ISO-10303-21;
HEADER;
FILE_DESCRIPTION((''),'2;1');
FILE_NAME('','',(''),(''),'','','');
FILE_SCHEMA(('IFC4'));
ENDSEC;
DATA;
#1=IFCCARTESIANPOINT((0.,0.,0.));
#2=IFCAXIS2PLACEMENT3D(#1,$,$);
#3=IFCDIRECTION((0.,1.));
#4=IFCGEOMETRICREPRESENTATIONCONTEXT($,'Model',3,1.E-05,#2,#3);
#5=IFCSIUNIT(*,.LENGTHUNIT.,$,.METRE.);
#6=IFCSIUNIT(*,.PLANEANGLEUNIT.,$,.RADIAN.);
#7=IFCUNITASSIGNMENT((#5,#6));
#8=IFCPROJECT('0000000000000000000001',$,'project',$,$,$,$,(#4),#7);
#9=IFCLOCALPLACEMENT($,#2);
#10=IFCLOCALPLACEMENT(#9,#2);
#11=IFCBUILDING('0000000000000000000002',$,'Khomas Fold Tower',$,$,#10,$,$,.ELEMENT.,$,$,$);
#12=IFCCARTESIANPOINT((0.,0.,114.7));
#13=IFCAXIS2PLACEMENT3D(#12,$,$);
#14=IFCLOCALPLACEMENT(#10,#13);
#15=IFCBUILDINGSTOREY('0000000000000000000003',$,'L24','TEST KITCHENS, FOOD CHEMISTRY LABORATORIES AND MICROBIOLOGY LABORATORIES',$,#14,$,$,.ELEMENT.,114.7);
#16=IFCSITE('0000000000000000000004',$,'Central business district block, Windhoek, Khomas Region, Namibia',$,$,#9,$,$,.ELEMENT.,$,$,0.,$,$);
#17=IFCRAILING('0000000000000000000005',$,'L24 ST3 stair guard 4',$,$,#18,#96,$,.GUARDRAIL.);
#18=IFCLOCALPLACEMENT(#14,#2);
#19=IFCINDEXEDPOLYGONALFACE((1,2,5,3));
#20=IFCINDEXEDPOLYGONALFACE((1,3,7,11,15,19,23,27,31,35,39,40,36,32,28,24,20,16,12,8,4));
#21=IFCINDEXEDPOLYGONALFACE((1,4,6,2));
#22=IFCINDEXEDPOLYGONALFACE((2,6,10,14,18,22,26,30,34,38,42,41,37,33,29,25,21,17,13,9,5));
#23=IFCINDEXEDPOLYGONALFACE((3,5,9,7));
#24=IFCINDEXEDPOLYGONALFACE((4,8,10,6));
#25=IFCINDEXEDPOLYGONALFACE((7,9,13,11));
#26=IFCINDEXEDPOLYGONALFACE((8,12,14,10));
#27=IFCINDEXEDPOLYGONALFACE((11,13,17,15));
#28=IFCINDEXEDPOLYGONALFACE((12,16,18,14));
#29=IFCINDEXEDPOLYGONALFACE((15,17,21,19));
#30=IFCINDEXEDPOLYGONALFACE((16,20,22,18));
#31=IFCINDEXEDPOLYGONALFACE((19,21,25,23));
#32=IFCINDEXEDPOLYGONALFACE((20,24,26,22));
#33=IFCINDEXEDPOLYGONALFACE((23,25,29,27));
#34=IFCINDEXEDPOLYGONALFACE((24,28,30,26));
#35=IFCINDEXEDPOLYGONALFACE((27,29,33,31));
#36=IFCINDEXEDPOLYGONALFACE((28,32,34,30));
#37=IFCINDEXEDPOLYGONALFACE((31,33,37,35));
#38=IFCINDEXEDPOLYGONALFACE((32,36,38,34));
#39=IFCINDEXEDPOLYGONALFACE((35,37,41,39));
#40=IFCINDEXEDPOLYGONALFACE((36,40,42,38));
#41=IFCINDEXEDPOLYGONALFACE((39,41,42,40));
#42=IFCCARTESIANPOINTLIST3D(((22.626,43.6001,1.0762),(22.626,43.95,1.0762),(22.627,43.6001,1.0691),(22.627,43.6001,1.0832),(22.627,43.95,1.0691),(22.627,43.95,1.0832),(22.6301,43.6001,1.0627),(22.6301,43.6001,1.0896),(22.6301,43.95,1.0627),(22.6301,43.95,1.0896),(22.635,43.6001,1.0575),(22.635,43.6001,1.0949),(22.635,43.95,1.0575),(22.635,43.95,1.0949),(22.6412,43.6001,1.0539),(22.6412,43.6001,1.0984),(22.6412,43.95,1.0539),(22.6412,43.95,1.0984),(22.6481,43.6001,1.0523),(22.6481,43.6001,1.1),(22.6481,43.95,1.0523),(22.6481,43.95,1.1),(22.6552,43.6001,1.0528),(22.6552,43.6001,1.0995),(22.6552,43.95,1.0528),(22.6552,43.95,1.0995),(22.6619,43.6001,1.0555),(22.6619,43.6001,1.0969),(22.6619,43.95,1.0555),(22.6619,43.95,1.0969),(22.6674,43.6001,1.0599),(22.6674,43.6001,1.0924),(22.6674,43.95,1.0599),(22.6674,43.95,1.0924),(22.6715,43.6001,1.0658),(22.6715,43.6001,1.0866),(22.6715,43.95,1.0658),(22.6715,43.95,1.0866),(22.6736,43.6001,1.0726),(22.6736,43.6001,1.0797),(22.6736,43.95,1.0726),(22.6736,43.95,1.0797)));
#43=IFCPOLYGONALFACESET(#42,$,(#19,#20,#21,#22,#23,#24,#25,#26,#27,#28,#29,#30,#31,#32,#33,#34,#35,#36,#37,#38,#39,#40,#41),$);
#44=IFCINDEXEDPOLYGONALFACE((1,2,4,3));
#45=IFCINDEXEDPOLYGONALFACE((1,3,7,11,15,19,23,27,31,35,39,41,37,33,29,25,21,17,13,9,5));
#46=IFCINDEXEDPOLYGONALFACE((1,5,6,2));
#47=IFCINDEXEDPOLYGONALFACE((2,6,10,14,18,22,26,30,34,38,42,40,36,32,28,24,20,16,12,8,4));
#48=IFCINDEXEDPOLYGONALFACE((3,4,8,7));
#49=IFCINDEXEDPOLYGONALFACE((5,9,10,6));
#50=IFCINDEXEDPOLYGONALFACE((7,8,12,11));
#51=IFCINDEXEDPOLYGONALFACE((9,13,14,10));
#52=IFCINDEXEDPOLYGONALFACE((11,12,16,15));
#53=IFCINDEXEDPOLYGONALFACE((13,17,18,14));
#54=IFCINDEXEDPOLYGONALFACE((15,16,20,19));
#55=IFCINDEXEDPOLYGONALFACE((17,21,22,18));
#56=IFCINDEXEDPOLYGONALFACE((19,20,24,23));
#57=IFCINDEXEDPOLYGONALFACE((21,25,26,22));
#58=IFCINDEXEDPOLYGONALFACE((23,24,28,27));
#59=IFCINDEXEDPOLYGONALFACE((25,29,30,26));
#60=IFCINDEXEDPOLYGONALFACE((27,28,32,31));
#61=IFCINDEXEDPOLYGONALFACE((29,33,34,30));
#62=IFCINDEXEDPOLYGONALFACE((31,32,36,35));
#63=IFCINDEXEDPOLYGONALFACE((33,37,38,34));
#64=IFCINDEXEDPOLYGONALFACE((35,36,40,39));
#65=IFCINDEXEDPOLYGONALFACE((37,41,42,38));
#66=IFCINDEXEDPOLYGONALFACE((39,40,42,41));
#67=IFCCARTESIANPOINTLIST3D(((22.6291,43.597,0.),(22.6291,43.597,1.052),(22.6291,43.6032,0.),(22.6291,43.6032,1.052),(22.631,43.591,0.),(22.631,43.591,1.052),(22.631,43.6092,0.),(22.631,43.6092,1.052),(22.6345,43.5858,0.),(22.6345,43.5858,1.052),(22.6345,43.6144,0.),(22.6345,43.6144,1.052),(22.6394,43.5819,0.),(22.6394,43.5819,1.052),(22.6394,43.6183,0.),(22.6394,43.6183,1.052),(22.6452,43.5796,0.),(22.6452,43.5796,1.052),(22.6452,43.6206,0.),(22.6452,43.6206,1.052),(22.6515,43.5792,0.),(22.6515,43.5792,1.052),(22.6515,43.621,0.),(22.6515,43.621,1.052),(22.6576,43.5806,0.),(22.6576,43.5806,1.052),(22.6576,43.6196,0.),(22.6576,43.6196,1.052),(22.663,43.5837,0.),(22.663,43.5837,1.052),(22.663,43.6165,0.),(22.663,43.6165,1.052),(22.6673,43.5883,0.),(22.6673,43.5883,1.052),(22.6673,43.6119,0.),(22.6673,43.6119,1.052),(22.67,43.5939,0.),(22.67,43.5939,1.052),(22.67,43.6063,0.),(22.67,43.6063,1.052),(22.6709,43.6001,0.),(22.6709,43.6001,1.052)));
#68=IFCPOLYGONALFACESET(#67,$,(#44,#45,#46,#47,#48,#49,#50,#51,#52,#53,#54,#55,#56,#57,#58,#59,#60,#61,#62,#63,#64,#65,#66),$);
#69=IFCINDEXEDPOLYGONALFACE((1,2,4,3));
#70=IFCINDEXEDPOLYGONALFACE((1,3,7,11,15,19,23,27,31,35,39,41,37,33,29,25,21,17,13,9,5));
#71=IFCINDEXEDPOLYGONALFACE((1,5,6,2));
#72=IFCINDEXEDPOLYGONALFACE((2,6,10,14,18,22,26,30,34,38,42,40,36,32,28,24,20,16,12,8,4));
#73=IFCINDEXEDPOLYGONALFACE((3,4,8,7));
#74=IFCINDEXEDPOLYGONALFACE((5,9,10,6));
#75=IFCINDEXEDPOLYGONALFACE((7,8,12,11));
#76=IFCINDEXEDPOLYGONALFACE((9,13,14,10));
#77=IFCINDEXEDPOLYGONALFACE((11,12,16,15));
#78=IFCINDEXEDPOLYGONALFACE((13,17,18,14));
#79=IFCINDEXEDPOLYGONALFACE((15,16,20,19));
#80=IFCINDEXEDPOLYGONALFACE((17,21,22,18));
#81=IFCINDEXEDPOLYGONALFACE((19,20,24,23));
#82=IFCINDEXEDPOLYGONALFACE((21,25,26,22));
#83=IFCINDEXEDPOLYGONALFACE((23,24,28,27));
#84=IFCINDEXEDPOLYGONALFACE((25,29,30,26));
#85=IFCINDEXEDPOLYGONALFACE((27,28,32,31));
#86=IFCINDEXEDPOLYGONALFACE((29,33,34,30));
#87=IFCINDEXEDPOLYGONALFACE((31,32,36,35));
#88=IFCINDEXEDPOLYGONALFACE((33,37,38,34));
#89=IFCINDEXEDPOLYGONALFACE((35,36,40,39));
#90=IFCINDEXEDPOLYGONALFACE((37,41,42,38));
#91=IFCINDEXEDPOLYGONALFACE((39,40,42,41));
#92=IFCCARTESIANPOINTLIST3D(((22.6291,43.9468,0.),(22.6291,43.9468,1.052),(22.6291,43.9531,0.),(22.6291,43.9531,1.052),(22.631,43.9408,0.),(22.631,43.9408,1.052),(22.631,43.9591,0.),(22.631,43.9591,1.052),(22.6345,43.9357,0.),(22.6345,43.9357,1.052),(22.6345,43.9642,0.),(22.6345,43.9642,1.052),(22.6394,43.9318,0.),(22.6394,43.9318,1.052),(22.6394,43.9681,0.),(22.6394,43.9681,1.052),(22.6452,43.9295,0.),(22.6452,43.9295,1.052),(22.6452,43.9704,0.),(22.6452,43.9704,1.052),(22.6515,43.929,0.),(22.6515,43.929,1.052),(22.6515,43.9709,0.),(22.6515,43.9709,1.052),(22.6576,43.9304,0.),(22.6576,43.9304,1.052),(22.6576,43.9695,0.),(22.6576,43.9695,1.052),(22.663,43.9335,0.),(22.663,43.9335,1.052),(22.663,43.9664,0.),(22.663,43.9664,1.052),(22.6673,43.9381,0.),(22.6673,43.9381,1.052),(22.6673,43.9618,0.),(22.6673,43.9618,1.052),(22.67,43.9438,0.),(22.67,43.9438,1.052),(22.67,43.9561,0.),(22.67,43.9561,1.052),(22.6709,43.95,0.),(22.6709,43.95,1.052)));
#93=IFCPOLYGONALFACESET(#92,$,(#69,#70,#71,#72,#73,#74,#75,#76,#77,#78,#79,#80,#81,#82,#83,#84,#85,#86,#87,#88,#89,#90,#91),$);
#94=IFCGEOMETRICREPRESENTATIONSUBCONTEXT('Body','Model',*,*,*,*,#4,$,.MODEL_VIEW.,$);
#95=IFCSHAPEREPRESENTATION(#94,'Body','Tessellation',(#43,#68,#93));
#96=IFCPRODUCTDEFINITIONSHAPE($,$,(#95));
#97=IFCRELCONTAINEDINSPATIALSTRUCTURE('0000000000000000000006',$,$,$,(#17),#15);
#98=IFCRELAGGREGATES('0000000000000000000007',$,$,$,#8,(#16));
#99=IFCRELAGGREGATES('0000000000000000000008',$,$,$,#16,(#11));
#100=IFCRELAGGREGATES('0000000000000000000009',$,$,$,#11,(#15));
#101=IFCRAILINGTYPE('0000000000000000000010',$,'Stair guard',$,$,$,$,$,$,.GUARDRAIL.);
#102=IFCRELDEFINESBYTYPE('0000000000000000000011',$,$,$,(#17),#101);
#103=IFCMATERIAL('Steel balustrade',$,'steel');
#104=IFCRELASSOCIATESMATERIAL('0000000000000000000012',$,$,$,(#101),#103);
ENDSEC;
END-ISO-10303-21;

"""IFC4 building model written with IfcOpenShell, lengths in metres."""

from ifc_helpers import new_model, si_unit, direction, frame, origin, origin_2d, place, context, subcontext, project, spatial, circle, extrude, source, transform, mapped, material, type_object, element, save


model = new_model("IFC4")

# Units and contexts
model_context = context("Model", 3, precision=1e-05, world=origin(), true_north=direction((0.0, 1.0)))
body_context = subcontext(model_context, "Body", "Model", "MODEL_VIEW")
ifc_project = project(units=[si_unit("LENGTHUNIT", "METRE"), si_unit("PLANEANGLEUNIT", "RADIAN")], contexts=[model_context])

# Site, building, storey
site_placement = place(None, origin())
site = spatial("IfcSite", under=ifc_project, at=site_placement, Name="Central business district block, Windhoek, Khomas Region, Namibia", CompositionType="ELEMENT", RefElevation=0.0)
building_placement = place(site_placement, origin())
building = spatial("IfcBuilding", under=site, at=building_placement, Name="Khomas Fold Tower", CompositionType="ELEMENT")
storey_placement = place(building_placement, frame((0.0, 0.0, 114.7)))
storey = spatial("IfcBuildingStorey", under=building, at=storey_placement, Name="L24", Description="TEST KITCHENS, FOOD CHEMISTRY LABORATORIES AND MICROBIOLOGY LABORATORIES", CompositionType="ELEMENT", Elevation=114.7)

# Railing
ifc_material_1 = material(Name="Steel balustrade", Category="steel")
railing_type_1 = type_object("IfcRailingType", Name="Stair guard", PredefinedType="GUARDRAIL", material=ifc_material_1)
shared_shape_1 = source(origin(), body_context, "Body", "SweptSolid", [
    extrude(circle(Radius=0.0239, at=origin_2d()), frame((0.0, 0.0, 1.0762), z_axis=(0.0, 1.0, 0.0), x_axis=(-1.0, 0.0, 0.0)), (0.0, 0.0, 1.0), 0.3499),
    extrude(circle(Radius=0.021, at=origin_2d()), origin(), (0.0, 0.0, 1.0), 1.052),
    extrude(circle(Radius=0.021, at=origin_2d()), frame((0.0, 0.3499, 0.0)), (0.0, 0.0, 1.0), 1.052),
])
for number, where, name in (
    (1, (22.6499, 43.6001, 0.0), "L24 ST3 stair guard 4"),
):
    element("IfcRailing", number, at=place(storey_placement, frame(where)), inside=storey, type_object=railing_type_1, Name=name, PredefinedType="GUARDRAIL", context=body_context, shape_type="MappedRepresentation", body=[
        mapped(shared_shape_1, transform((0.0, 0.0, 0.0))),
    ])

save(model, "model.ifc")
